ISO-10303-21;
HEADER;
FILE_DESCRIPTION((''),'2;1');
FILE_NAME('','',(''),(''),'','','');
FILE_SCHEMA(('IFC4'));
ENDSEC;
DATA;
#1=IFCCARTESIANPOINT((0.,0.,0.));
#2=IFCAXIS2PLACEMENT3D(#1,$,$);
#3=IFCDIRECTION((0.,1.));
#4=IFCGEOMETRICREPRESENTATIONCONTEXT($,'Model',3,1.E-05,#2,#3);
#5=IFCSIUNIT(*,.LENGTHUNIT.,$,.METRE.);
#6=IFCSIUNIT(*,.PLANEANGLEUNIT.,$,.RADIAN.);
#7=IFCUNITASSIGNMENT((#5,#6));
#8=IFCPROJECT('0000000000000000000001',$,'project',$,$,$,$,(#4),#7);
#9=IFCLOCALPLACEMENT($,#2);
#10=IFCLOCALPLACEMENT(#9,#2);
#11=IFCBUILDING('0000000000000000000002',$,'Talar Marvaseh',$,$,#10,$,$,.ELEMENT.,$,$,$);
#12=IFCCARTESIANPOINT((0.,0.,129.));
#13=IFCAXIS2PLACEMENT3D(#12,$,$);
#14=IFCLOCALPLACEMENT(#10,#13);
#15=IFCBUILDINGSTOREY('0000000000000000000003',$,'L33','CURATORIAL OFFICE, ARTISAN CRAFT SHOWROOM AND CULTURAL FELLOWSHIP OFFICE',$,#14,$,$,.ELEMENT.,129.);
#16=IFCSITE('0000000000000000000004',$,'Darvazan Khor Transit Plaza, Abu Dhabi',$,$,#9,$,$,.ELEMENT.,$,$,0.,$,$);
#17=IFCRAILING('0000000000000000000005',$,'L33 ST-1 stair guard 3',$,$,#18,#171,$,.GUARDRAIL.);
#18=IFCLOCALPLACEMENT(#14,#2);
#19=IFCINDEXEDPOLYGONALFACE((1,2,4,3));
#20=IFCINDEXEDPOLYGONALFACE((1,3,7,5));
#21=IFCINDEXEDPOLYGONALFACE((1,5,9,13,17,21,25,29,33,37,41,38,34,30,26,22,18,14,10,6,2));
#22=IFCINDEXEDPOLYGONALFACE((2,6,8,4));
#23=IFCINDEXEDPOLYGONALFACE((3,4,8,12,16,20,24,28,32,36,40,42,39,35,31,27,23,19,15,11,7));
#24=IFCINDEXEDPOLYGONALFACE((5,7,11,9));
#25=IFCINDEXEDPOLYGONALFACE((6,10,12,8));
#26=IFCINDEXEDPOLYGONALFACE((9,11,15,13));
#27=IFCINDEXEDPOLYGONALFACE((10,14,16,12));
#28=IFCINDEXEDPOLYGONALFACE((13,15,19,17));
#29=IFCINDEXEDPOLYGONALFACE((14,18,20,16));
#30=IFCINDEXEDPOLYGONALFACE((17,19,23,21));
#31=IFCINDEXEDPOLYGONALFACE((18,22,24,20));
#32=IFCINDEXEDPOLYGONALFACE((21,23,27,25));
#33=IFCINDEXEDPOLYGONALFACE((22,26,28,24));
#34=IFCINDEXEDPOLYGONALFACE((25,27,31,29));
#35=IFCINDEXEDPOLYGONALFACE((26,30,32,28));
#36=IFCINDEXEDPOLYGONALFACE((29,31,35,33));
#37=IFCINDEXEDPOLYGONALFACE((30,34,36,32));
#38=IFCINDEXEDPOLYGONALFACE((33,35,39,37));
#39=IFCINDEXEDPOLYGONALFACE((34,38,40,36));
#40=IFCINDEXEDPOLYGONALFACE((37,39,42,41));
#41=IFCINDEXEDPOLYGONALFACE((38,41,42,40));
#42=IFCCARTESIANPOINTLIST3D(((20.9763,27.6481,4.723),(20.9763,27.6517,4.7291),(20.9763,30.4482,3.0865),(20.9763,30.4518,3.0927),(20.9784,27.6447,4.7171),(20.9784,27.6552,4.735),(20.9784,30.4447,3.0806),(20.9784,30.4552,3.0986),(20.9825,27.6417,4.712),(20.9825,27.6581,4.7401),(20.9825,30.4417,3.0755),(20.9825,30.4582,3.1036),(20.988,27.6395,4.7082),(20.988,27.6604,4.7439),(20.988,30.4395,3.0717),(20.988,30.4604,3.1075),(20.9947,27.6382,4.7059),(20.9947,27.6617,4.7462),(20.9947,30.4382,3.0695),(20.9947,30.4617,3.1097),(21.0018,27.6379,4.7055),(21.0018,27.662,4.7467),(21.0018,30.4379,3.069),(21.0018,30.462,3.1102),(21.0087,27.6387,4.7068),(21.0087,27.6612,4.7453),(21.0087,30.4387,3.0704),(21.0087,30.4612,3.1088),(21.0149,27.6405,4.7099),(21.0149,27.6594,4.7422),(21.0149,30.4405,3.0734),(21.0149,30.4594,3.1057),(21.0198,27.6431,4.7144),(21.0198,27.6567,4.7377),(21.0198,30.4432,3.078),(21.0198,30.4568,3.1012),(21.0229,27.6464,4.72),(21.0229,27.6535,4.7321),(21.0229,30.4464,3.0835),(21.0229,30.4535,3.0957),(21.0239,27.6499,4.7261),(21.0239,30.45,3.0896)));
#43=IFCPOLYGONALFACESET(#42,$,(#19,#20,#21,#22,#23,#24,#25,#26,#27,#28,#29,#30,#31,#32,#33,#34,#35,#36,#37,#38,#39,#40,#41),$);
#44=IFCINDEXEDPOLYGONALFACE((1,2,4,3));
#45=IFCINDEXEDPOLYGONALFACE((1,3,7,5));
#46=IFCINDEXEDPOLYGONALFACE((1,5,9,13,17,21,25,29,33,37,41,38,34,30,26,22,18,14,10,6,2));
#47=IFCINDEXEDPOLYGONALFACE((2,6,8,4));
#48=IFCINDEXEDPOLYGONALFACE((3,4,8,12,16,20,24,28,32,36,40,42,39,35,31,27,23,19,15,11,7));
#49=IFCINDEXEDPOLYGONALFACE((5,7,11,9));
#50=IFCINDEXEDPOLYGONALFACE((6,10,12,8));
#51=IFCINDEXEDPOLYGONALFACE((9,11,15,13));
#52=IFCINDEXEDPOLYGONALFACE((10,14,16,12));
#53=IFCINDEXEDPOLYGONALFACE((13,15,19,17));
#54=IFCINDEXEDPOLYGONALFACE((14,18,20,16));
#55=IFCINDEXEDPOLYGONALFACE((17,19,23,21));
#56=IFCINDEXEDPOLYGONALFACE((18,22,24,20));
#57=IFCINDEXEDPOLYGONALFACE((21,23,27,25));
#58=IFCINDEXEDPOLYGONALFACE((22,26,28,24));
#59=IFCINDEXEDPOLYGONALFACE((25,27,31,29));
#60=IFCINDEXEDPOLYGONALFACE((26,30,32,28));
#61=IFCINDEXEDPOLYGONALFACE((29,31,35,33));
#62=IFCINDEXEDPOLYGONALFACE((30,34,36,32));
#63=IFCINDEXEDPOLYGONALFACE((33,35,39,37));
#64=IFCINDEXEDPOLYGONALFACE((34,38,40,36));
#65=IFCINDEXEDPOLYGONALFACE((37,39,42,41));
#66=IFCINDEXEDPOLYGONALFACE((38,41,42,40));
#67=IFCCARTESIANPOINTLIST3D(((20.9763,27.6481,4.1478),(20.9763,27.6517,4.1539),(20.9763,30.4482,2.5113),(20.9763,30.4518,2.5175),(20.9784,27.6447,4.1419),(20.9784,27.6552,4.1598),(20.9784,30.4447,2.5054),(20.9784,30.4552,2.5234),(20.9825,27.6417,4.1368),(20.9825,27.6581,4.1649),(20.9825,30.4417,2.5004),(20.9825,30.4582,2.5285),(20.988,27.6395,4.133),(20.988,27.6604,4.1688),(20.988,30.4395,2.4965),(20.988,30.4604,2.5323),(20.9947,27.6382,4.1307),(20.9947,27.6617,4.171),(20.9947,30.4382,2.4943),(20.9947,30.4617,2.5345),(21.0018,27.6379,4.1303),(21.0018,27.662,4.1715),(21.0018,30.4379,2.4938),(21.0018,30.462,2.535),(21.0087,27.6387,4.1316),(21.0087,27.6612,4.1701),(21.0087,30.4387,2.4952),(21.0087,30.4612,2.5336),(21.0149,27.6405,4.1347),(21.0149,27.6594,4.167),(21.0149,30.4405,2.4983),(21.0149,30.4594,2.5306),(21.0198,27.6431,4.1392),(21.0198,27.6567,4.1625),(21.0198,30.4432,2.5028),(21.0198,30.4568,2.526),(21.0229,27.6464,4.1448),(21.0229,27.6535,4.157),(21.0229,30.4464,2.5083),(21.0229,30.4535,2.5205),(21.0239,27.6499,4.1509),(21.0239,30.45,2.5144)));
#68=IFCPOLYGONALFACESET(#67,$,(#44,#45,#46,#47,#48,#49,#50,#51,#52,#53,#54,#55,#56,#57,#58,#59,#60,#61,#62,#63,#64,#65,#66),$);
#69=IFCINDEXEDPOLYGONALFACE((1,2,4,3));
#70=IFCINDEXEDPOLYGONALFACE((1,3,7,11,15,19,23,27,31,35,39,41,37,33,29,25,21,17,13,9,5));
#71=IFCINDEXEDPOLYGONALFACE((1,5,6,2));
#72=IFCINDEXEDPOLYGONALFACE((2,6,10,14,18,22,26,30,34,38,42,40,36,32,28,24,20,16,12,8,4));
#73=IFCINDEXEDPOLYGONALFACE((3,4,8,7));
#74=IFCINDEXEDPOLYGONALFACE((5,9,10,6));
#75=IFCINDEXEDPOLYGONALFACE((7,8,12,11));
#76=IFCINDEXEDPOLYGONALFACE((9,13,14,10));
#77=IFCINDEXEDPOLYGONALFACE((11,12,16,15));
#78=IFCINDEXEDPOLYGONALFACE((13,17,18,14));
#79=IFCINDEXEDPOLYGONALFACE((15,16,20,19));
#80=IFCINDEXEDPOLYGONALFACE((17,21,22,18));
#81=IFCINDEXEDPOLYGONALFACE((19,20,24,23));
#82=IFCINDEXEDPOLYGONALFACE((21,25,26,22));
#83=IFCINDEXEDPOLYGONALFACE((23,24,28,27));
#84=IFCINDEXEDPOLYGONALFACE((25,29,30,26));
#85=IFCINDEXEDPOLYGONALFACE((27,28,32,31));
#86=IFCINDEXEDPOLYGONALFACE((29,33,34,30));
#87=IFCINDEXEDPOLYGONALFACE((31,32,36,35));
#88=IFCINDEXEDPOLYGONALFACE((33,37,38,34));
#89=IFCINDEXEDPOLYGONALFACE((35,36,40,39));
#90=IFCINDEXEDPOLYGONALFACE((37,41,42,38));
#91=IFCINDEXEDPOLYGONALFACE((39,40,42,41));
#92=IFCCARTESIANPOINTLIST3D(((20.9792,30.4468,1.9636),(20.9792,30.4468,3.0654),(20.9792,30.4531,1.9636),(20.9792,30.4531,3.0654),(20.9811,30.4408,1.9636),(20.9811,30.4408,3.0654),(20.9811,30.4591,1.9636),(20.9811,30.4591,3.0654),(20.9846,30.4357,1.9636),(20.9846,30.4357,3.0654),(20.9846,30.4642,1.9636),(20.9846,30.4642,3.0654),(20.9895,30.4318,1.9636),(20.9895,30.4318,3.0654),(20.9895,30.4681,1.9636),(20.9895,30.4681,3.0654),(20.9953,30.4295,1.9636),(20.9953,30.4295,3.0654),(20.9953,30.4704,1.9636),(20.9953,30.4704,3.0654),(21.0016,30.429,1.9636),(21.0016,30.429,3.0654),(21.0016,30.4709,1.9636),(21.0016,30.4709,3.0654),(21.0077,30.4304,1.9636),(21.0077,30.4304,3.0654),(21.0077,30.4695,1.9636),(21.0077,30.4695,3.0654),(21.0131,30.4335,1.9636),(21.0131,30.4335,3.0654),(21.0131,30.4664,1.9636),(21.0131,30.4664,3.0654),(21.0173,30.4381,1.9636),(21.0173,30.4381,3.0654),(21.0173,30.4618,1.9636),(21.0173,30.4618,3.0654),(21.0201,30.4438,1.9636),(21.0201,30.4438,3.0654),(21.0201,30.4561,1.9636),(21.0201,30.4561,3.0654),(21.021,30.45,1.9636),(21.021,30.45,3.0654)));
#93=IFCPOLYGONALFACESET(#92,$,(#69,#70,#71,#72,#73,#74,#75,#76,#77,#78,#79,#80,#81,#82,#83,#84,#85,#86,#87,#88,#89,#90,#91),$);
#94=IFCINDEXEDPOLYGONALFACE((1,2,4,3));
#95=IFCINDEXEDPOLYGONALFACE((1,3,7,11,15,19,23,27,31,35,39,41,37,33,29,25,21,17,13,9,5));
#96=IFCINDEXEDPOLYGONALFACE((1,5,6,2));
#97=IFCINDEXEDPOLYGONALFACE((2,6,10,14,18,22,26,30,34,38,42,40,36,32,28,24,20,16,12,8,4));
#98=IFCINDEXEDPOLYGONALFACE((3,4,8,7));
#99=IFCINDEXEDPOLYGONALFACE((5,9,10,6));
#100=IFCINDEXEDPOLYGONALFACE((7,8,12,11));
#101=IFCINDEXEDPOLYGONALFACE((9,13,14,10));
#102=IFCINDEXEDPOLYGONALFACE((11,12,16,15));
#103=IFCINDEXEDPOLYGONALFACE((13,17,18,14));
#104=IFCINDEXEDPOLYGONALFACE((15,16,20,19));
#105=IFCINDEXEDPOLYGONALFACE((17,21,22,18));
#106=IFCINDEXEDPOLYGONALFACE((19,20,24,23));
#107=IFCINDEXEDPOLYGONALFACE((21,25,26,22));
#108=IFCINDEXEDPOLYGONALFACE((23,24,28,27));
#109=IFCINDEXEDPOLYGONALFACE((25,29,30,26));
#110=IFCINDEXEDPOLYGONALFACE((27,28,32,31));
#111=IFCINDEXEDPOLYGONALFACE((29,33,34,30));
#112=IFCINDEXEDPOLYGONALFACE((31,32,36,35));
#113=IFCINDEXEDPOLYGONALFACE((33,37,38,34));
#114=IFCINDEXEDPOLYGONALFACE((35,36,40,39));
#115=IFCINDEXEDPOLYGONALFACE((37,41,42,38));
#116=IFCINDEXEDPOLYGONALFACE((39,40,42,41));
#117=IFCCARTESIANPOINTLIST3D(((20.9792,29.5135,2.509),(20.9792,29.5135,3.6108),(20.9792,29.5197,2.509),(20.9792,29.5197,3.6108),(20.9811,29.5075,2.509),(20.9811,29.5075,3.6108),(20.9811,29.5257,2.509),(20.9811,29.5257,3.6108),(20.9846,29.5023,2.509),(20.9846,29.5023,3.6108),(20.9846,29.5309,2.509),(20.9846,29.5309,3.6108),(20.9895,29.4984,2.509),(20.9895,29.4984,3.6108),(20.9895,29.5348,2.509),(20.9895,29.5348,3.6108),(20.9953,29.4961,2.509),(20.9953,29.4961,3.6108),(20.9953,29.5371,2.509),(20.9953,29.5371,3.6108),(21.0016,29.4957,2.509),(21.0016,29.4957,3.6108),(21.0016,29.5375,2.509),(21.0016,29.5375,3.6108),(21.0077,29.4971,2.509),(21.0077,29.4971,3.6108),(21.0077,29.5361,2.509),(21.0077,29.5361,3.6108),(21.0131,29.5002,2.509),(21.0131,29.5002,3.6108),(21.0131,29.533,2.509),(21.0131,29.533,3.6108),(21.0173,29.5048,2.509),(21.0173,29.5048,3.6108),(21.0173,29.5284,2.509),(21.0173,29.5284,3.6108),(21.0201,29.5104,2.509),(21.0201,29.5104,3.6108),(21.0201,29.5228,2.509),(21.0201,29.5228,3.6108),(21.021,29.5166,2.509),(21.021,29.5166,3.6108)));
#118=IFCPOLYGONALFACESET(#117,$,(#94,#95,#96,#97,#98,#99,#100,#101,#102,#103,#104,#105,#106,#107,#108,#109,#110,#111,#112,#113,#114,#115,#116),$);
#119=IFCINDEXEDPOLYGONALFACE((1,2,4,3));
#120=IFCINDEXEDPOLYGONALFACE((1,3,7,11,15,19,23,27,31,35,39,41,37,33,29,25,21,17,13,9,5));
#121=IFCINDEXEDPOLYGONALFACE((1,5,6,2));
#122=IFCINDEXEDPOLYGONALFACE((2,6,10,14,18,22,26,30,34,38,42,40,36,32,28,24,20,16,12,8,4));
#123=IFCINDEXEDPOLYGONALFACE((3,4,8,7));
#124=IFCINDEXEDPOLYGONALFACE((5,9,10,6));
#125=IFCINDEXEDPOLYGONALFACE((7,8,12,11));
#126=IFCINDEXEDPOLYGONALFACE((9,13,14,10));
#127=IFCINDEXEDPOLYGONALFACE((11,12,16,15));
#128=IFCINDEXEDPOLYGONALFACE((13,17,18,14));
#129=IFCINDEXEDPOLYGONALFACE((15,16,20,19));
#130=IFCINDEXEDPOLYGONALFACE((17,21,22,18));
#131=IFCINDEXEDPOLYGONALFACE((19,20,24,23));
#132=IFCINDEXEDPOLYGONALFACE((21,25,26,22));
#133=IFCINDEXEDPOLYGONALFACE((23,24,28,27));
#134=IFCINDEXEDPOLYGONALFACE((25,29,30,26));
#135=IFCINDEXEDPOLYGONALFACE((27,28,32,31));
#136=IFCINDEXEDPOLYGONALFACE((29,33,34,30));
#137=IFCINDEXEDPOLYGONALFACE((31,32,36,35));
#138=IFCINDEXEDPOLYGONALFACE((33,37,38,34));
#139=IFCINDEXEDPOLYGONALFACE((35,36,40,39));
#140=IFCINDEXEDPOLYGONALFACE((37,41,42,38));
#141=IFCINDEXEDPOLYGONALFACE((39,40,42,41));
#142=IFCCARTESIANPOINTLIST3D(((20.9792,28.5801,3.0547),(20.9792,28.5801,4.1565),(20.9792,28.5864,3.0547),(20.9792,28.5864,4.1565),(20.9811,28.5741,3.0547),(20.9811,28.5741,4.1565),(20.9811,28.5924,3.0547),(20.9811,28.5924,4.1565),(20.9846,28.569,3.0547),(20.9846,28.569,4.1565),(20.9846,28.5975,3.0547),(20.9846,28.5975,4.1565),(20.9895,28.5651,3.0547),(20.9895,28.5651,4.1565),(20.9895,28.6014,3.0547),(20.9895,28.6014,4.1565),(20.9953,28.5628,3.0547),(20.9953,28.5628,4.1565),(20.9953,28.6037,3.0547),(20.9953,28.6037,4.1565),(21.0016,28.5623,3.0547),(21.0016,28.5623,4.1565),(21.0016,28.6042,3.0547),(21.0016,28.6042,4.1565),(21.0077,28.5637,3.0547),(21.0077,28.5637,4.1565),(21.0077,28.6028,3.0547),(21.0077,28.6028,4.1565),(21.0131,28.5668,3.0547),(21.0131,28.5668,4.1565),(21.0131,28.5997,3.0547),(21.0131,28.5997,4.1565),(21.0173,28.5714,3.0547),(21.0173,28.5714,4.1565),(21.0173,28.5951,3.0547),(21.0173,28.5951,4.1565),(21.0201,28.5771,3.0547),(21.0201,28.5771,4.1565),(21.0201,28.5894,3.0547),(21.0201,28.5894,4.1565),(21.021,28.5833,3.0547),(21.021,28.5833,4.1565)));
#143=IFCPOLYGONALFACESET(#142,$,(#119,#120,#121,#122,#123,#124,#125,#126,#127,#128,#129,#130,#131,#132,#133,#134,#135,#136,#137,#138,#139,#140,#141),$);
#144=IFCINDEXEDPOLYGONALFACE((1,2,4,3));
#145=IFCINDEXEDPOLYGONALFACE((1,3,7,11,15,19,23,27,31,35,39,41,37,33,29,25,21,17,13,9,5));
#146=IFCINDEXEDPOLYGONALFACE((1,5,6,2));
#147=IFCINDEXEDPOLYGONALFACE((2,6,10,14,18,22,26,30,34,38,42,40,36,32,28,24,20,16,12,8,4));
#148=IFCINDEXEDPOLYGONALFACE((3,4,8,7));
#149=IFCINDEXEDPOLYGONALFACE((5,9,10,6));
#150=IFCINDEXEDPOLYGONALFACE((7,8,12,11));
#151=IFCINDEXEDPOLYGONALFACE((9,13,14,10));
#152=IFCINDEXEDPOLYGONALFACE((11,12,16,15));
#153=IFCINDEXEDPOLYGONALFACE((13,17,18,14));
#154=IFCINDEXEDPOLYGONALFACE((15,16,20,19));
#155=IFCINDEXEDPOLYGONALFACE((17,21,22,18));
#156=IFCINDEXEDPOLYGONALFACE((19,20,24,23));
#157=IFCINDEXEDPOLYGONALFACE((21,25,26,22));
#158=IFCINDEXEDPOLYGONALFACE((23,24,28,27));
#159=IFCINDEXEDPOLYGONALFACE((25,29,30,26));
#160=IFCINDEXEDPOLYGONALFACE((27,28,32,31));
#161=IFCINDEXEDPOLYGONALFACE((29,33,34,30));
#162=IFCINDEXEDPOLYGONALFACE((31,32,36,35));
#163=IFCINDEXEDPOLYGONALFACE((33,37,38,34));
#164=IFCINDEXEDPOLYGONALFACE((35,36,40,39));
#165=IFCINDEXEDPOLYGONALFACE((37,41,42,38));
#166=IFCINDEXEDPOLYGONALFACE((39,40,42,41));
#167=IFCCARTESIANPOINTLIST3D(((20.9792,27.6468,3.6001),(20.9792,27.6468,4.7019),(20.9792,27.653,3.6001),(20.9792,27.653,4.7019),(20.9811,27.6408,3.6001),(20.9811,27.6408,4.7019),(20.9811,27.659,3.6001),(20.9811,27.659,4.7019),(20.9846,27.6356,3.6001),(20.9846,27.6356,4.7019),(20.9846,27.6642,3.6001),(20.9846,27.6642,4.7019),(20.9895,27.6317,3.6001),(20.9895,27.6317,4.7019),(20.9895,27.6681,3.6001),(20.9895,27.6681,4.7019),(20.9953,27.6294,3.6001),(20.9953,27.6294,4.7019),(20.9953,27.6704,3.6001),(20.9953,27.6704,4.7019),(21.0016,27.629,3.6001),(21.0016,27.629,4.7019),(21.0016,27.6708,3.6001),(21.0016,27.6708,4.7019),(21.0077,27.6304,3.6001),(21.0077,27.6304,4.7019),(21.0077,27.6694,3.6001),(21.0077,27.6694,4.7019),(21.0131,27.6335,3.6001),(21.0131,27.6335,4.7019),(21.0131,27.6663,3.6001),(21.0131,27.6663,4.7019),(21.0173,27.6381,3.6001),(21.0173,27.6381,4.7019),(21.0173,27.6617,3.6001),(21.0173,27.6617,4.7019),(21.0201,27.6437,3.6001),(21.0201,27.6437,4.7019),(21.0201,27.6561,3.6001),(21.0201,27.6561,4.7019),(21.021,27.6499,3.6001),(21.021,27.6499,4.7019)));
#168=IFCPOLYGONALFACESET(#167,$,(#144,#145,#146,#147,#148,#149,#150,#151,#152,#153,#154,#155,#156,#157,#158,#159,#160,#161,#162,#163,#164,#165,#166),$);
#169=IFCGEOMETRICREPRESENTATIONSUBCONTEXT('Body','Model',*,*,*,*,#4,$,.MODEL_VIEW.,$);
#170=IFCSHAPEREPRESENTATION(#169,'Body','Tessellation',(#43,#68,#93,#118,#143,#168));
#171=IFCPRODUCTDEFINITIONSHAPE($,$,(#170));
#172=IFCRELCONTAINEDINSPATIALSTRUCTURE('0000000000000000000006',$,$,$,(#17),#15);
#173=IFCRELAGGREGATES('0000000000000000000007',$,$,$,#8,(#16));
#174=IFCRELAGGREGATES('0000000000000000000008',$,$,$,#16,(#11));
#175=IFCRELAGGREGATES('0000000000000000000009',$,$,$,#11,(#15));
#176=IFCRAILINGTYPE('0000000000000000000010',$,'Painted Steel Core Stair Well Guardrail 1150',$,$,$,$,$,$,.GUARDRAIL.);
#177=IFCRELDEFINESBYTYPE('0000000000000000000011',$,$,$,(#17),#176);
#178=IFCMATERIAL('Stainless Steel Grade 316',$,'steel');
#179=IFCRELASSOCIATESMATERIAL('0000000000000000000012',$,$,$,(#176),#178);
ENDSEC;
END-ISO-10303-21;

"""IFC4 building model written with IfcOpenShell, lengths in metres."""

from ifc_helpers import new_model, si_unit, direction, frame, origin, origin_2d, place, context, subcontext, project, spatial, circle, extrude, material, type_object, element, save


model = new_model("IFC4")

# Units and contexts
model_context = context("Model", 3, precision=1e-05, world=origin(), true_north=direction((0.0, 1.0)))
body_context = subcontext(model_context, "Body", "Model", "MODEL_VIEW")
ifc_project = project(units=[si_unit("LENGTHUNIT", "METRE"), si_unit("PLANEANGLEUNIT", "RADIAN")], contexts=[model_context])

# Site, building, storey
site_placement = place(None, origin())
site = spatial("IfcSite", under=ifc_project, at=site_placement, Name="Darvazan Khor Transit Plaza, Abu Dhabi", CompositionType="ELEMENT", RefElevation=0.0)
building_placement = place(site_placement, origin())
building = spatial("IfcBuilding", under=site, at=building_placement, Name="Talar Marvaseh", CompositionType="ELEMENT")
storey_placement = place(building_placement, frame((0.0, 0.0, 129.0)))
storey = spatial("IfcBuildingStorey", under=building, at=storey_placement, Name="L33", Description="CURATORIAL OFFICE, ARTISAN CRAFT SHOWROOM AND CULTURAL FELLOWSHIP OFFICE", CompositionType="ELEMENT", Elevation=129.0)

# Railing
ifc_material_1 = material(Name="Stainless Steel Grade 316", Category="steel")
railing_type_1 = type_object("IfcRailingType", Name="Painted Steel Core Stair Well Guardrail 1150", PredefinedType="GUARDRAIL", material=ifc_material_1)
railing_1_placement = place(storey_placement, frame((21.0, 30.45, 1.9636)))
element("IfcRailing", 1, at=railing_1_placement, inside=storey, type_object=railing_type_1, Name="L33 ST-1 stair guard 3", PredefinedType="GUARDRAIL", context=body_context, shape_type="SweptSolid", body=[
    extrude(circle(Radius=0.0239, at=origin_2d()), frame((0.0, 0.0, 1.126), z_axis=(0.0, -0.863361, 0.504587), x_axis=(1.0, 0.0, 0.0)), (0.0, 0.0, 1.0), 3.2432),
    extrude(circle(Radius=0.0239, at=origin_2d()), frame((0.0, 0.0, 0.5508), z_axis=(0.0, -0.863361, 0.504587), x_axis=(1.0, 0.0, 0.0)), (0.0, 0.0, 1.0), 3.2432),
    extrude(circle(Radius=0.021, at=origin_2d()), origin(), (0.0, 0.0, 1.0), 1.1018),
    extrude(circle(Radius=0.021, at=origin_2d()), frame((0.0, -0.9333, 0.5454)), (0.0, 0.0, 1.0), 1.1018),
    extrude(circle(Radius=0.021, at=origin_2d()), frame((0.0, -1.8667, 1.0911)), (0.0, 0.0, 1.0), 1.1018),
    extrude(circle(Radius=0.021, at=origin_2d()), frame((0.0, -2.8, 1.6365)), (0.0, 0.0, 1.0), 1.1018),
])

save(model, "model.ifc")
